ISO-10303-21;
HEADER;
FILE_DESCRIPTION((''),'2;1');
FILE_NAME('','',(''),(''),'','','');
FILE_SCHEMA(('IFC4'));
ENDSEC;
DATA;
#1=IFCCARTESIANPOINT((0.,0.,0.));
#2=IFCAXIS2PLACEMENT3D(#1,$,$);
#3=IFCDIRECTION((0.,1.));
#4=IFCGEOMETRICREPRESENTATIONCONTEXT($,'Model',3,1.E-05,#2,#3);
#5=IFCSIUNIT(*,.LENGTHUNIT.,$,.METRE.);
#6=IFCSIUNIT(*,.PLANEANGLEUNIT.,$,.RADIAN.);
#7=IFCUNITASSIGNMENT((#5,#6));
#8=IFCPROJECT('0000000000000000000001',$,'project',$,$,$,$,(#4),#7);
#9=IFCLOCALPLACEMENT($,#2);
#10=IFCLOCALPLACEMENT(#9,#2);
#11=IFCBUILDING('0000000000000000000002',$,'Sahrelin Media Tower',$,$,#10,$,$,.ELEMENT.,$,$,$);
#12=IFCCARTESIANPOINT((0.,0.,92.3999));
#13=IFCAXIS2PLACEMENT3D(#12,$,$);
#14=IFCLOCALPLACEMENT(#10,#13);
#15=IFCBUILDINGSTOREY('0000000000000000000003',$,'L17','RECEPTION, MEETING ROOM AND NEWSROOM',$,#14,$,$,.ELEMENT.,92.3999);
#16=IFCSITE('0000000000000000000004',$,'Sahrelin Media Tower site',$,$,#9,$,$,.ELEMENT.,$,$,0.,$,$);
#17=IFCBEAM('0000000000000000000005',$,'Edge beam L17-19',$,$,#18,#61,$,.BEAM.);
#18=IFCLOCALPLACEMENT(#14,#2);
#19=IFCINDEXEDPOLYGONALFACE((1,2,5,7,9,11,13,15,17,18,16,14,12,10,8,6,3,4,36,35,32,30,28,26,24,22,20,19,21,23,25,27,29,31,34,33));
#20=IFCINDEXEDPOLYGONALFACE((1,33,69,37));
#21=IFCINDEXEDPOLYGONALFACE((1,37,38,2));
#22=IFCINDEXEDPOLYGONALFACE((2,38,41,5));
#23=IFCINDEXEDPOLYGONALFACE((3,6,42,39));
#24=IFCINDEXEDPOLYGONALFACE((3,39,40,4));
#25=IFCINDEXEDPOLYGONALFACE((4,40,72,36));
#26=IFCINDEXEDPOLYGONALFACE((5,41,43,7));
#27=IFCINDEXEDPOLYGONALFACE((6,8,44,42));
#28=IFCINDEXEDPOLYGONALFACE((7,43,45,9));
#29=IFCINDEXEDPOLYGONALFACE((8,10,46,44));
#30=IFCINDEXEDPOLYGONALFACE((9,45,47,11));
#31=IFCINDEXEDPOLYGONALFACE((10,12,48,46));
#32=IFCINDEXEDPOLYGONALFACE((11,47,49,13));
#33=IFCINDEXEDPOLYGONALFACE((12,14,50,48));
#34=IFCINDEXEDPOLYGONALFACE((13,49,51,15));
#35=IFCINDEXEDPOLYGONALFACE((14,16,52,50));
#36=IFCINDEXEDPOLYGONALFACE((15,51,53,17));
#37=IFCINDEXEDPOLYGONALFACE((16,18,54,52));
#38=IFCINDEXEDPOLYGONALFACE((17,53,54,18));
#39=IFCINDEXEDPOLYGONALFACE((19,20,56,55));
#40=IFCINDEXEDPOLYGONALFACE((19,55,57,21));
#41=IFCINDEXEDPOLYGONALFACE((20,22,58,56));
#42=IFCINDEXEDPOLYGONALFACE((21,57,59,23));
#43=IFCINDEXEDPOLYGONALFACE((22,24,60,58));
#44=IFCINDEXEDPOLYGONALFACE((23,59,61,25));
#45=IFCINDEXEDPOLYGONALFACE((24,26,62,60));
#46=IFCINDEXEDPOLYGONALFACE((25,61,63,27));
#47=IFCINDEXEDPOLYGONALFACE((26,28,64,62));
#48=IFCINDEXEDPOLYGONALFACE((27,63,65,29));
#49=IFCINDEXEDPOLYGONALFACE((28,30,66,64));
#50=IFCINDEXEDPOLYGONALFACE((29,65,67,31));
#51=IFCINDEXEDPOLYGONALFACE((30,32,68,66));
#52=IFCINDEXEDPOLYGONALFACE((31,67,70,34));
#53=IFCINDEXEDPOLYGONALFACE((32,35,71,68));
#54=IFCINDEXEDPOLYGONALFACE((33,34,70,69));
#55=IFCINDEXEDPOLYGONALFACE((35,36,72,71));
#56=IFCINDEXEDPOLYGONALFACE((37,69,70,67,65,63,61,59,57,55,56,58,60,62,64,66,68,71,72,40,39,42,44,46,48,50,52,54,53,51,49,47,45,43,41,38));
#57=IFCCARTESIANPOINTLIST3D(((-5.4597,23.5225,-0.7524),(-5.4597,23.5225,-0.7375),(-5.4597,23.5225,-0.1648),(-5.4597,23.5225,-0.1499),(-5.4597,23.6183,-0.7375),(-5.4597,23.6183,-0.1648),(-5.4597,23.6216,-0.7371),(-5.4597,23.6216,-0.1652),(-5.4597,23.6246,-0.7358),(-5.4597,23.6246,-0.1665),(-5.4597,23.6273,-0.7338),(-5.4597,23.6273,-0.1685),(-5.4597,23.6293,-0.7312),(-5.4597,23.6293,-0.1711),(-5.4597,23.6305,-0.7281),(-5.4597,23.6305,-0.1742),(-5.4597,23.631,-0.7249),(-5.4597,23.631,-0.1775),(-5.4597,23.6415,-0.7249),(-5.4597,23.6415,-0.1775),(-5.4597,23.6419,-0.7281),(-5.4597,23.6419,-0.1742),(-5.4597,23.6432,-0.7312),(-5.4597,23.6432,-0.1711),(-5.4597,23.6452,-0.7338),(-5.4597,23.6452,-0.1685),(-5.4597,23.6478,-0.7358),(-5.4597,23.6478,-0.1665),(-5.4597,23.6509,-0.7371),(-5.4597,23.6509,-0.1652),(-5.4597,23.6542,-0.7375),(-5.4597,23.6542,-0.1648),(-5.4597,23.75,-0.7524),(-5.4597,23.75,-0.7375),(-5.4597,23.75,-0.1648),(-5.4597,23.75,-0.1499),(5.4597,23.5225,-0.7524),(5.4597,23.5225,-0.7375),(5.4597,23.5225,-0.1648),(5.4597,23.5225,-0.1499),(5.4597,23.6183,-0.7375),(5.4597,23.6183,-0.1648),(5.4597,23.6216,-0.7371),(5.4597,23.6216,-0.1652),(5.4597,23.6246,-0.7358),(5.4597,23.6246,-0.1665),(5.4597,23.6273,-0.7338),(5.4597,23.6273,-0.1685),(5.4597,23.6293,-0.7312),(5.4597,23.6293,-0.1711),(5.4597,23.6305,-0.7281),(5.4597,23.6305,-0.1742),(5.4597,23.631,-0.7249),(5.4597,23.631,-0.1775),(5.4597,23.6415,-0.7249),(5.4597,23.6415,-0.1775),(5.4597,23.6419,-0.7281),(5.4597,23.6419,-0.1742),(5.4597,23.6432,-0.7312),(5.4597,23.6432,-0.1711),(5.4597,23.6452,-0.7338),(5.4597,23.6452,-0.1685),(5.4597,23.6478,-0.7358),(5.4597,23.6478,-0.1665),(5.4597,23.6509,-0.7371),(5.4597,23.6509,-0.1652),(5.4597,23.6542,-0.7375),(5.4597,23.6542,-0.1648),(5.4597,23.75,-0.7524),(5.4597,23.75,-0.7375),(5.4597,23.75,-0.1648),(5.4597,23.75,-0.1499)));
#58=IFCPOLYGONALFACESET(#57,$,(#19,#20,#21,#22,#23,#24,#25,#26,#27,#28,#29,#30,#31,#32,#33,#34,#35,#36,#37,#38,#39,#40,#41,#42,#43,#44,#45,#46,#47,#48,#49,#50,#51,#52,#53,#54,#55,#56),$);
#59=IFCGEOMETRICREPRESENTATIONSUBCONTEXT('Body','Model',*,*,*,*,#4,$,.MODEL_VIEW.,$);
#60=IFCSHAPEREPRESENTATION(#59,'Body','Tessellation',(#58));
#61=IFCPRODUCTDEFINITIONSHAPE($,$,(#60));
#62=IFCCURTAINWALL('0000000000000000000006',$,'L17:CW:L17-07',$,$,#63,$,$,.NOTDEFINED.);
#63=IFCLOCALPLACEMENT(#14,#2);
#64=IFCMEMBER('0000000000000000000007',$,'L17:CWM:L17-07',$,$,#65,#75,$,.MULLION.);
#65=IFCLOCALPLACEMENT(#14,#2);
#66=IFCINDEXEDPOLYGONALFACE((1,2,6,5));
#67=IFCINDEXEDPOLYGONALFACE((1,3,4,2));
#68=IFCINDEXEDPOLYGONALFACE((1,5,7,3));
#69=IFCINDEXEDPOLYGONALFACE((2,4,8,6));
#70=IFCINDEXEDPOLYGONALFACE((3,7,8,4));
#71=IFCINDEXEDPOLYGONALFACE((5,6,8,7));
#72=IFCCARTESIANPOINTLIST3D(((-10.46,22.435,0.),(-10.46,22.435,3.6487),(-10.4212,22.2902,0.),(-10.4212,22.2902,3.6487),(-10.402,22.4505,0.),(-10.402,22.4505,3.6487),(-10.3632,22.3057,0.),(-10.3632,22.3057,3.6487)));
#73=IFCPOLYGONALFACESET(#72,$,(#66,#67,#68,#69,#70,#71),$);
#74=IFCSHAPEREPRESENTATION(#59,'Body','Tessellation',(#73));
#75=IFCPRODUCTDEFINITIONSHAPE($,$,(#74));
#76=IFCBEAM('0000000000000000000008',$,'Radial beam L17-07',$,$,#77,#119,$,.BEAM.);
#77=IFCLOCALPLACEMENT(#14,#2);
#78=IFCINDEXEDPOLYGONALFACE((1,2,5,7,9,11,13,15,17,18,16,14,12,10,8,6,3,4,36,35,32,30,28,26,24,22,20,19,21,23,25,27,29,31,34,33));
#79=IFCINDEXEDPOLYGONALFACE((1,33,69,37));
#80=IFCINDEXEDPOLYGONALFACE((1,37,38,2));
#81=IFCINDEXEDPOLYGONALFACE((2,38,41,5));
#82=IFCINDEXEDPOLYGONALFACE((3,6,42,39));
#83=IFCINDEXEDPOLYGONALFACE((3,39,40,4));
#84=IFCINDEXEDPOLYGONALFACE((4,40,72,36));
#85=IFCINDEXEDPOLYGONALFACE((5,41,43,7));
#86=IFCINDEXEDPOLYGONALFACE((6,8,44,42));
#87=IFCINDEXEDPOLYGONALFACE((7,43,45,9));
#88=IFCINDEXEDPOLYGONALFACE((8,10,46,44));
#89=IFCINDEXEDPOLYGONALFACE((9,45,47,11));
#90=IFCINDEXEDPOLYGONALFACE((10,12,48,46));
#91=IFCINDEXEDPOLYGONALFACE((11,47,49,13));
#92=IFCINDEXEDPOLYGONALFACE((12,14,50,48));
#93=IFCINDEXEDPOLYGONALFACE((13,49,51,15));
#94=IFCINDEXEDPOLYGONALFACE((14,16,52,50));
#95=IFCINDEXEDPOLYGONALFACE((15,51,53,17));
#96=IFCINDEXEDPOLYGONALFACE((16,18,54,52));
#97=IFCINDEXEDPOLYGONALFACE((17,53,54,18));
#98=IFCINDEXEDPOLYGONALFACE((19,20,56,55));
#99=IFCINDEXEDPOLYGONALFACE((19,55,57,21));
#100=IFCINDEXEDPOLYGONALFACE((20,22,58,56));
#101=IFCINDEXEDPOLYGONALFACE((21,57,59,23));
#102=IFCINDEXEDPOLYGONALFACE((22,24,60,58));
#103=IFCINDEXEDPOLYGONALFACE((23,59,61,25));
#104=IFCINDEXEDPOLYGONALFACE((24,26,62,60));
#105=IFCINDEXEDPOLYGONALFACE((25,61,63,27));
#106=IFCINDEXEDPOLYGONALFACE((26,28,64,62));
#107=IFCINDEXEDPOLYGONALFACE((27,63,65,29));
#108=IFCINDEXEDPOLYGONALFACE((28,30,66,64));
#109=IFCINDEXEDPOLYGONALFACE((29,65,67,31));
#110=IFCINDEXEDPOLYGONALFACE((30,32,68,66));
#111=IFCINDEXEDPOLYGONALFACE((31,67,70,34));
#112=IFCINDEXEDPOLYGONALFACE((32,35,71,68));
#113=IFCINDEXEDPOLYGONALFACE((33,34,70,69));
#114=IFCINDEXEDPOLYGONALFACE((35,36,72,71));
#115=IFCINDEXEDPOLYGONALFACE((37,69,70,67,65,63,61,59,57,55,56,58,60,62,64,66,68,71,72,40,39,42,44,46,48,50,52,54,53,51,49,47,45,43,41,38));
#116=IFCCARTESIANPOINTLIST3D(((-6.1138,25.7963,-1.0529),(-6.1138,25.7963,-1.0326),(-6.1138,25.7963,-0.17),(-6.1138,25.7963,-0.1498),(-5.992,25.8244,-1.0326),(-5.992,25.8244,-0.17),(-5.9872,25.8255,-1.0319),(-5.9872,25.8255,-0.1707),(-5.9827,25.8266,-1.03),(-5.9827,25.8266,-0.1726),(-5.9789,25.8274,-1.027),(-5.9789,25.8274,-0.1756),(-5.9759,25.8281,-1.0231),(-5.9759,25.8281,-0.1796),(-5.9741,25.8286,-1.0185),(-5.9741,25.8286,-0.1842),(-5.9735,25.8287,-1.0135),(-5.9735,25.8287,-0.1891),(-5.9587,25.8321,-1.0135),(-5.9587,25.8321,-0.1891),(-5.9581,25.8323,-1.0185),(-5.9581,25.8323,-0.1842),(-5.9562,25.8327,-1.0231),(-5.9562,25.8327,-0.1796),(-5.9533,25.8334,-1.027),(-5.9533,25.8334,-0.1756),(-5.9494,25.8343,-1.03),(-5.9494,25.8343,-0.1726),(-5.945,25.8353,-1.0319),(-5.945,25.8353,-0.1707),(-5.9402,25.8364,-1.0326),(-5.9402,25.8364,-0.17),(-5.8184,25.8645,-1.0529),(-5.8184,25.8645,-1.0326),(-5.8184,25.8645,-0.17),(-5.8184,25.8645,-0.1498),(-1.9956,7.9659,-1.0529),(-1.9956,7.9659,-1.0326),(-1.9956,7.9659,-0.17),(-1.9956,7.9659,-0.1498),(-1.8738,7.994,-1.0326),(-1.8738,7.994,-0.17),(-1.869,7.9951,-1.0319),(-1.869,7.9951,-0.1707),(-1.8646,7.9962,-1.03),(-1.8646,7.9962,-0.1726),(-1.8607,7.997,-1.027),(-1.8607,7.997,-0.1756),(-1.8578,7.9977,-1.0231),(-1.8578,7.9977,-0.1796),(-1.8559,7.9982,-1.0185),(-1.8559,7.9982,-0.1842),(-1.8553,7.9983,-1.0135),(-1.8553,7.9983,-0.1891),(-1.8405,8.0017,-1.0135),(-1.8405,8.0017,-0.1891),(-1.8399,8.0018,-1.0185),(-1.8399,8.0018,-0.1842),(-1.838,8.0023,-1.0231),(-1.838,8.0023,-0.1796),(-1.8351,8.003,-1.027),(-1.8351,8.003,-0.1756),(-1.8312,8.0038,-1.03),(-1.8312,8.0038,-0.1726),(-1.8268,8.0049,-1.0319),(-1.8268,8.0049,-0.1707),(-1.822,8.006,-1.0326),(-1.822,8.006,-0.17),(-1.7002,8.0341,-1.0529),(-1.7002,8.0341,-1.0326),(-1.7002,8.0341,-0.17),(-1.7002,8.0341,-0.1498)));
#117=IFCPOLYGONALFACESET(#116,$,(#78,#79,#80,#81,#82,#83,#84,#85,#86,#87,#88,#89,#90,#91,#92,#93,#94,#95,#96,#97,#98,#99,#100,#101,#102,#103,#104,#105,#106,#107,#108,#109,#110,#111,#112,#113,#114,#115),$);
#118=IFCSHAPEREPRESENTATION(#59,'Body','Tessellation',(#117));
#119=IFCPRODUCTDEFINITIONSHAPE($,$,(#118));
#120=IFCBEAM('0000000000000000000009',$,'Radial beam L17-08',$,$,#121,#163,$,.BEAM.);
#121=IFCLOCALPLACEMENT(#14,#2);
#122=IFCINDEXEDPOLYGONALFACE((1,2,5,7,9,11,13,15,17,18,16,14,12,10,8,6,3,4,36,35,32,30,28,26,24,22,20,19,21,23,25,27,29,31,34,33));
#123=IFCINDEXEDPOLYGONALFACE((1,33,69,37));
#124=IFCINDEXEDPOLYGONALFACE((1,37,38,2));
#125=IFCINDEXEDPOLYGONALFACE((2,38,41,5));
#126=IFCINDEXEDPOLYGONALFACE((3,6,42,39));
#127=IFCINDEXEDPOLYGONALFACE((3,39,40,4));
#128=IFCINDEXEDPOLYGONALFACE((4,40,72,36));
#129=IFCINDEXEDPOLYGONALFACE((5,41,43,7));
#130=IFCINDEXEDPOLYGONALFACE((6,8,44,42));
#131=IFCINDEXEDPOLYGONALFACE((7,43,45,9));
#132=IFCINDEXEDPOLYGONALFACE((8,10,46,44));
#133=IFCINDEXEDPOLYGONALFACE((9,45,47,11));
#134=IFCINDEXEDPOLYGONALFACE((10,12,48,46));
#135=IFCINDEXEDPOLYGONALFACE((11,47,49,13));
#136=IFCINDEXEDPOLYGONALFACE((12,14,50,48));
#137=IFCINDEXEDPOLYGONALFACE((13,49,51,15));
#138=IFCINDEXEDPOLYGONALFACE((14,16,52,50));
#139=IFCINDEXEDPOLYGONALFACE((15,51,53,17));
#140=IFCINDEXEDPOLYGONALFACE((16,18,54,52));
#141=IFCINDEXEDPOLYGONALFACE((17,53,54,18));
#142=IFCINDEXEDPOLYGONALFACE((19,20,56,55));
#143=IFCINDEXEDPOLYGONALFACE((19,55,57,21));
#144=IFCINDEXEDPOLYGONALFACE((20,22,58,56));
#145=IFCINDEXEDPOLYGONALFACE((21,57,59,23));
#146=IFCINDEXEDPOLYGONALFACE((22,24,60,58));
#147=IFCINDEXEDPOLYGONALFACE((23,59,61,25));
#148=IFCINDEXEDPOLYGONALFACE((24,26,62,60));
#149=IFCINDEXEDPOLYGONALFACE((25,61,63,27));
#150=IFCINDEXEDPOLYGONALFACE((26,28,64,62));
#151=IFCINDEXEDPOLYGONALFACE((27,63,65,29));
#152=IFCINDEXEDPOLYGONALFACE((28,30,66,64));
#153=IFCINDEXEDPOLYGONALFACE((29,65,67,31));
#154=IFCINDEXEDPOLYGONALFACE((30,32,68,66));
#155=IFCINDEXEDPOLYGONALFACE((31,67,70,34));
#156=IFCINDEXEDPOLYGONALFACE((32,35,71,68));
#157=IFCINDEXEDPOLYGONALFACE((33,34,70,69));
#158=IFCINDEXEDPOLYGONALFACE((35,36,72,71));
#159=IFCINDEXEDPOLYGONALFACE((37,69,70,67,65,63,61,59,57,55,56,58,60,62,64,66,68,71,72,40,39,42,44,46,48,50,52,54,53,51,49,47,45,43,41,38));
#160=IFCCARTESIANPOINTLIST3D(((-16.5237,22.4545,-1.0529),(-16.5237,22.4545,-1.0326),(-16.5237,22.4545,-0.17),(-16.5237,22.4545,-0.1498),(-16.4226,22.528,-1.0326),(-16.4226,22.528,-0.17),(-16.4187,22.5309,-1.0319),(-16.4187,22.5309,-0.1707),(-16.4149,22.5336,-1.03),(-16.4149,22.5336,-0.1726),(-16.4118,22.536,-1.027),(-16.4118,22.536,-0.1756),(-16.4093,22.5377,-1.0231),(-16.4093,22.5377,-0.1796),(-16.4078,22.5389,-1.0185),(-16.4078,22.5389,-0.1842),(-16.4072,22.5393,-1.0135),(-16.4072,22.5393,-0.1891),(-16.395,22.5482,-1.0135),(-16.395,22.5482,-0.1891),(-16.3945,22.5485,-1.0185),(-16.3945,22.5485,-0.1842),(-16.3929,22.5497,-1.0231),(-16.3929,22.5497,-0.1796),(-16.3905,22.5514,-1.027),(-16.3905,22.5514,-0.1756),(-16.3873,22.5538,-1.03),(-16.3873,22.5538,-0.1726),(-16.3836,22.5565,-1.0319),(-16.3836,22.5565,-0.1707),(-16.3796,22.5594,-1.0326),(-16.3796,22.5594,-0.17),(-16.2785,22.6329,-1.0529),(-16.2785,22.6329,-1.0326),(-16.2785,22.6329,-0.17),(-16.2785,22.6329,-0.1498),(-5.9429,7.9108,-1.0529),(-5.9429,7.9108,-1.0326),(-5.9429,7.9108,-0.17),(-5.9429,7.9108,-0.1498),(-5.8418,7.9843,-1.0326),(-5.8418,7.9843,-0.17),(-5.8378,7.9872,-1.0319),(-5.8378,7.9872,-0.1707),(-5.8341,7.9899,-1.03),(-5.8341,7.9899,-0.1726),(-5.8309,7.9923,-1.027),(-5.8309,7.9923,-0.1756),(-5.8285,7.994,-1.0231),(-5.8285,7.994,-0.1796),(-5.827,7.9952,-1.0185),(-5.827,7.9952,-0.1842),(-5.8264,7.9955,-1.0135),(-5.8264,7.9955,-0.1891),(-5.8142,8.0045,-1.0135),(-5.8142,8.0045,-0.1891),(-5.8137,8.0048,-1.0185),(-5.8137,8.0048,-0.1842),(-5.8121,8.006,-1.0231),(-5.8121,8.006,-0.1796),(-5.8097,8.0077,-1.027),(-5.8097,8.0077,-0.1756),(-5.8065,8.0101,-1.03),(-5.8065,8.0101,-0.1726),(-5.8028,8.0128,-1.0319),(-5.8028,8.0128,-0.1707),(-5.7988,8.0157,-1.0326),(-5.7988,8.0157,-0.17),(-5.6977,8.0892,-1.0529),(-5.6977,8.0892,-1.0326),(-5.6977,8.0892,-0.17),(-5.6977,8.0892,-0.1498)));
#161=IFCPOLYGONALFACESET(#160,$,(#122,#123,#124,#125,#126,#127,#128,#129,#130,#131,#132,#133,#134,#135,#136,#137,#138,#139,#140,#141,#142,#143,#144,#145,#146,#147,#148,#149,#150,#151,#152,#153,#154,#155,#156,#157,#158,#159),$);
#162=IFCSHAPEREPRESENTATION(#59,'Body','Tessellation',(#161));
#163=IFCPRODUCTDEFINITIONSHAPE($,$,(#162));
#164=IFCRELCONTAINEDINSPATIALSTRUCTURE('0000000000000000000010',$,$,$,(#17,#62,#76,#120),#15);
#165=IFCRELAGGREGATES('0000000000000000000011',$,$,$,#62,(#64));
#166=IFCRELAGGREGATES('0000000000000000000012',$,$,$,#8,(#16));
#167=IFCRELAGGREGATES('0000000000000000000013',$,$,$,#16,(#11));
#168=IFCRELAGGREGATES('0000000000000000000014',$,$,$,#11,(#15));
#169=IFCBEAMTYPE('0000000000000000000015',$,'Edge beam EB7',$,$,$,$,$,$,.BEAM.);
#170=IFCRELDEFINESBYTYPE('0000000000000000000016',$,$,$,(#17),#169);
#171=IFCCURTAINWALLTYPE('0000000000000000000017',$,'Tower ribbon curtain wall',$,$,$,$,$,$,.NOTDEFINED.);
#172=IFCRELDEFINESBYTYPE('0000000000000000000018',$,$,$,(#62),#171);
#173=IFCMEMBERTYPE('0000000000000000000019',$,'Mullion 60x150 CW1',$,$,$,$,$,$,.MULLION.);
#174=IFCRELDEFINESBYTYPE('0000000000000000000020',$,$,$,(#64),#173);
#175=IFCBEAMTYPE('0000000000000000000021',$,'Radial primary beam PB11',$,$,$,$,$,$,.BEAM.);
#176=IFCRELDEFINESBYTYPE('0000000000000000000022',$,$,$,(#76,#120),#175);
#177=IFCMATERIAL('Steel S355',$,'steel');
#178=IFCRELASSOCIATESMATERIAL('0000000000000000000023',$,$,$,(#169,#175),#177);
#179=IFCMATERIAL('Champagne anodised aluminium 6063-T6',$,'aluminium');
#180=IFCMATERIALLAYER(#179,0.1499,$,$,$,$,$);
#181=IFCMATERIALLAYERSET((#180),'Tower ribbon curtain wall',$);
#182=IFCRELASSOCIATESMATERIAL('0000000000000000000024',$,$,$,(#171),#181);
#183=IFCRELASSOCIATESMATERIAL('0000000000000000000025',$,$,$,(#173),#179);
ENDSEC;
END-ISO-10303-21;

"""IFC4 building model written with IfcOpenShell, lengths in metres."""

from ifc_helpers import new_model, si_unit, direction, frame, origin, origin_2d, place, context, subcontext, project, spatial, rectangle, i_section, extrude, material, layer, layer_set, material_profile, profile_set, type_object, element, aggregate, save


model = new_model("IFC4")

# Units and contexts
model_context = context("Model", 3, precision=1e-05, world=origin(), true_north=direction((0.0, 1.0)))
body_context = subcontext(model_context, "Body", "Model", "MODEL_VIEW")
ifc_project = project(units=[si_unit("LENGTHUNIT", "METRE"), si_unit("PLANEANGLEUNIT", "RADIAN")], contexts=[model_context])

# Site, building, storey
site_placement = place(None, origin())
site = spatial("IfcSite", under=ifc_project, at=site_placement, Name="Sahrelin Media Tower site", CompositionType="ELEMENT", RefElevation=0.0)
building_placement = place(site_placement, origin())
building = spatial("IfcBuilding", under=site, at=building_placement, Name="Sahrelin Media Tower", CompositionType="ELEMENT")
storey_placement = place(building_placement, frame((0.0, 0.0, 92.3999)))
storey = spatial("IfcBuildingStorey", under=building, at=storey_placement, Name="L17", Description="RECEPTION, MEETING ROOM AND NEWSROOM", CompositionType="ELEMENT", Elevation=92.3999)

# Beam
ifc_material_1 = material(Name="Steel S355", Category="steel")
ifc_material_profile_1 = material_profile(ifc_material_1, i_section(OverallWidth=0.2275, OverallDepth=0.6025, WebThickness=0.0105, FlangeThickness=0.0149, FilletRadius=0.0127, at=origin_2d()), Name="UB 610x229x101")
ifc_profile_set_1 = profile_set([ifc_material_profile_1], Name="Steel S355")
beam_type_1 = type_object("IfcBeamType", Name="Edge beam EB7", PredefinedType="BEAM", material=ifc_profile_set_1)
beam_1_placement = place(storey_placement, frame((-5.4597, 23.6362, -0.4512), z_axis=(1.0, 0.0, 0.0), x_axis=(0.0, 1.0, 0.0)))
element("IfcBeam", 1, at=beam_1_placement, inside=storey, type_object=beam_type_1, Name="Edge beam L17-19", PredefinedType="BEAM", context=body_context, shape_type="SweptSolid", body=[
    extrude(i_section(OverallWidth=0.2275, OverallDepth=0.6025, WebThickness=0.0105, FlangeThickness=0.0149, FilletRadius=0.0127, at=origin_2d()), origin(), (0.0, 0.0, 1.0), 10.9194),
])

# Curtain wall, member
ifc_material_2 = material(Name="Champagne anodised aluminium 6063-T6", Category="aluminium")
ifc_layer_1 = layer(ifc_material_2, 0.1499)
ifc_layer_set_1 = layer_set([ifc_layer_1], Name="Tower ribbon curtain wall")
curtain_wall_type = type_object("IfcCurtainWallType", Name="Tower ribbon curtain wall", PredefinedType="NOTDEFINED", material=ifc_layer_set_1)
curtain_wall_placement = place(storey_placement, frame((-10.4363, 22.4622, 0.0), z_axis=(0.0, 0.0, 1.0), x_axis=(1.0, 0.0, 0.0)))
curtain_wall = element("IfcCurtainWall", 2, at=curtain_wall_placement, inside=storey, type_object=curtain_wall_type, Name="L17:CW:L17-07", PredefinedType="NOTDEFINED")
ifc_material_profile_2 = material_profile(ifc_material_2, rectangle(XDim=0.0601, YDim=0.1499, at=origin_2d()), Name="Mullion 60x150")
ifc_profile_set_2 = profile_set([ifc_material_profile_2], Name="Champagne anodised aluminium 6063-T6")
member_type_1 = type_object("IfcMemberType", Name="Mullion 60x150 CW1", PredefinedType="MULLION", material=ifc_profile_set_2)
member_1_placement = place(storey_placement, frame((-10.4116, 22.3704, 0.0), z_axis=(0.0, 0.0, 1.0), x_axis=(-0.965926, -0.258817, 0.0)))
member_1 = element("IfcMember", 3, at=member_1_placement, type_object=member_type_1, Name="L17:CWM:L17-07", PredefinedType="MULLION", context=body_context, shape_type="SweptSolid", body=[
    extrude(rectangle(XDim=0.0601, YDim=0.1499, at=origin_2d()), origin(), (0.0, 0.0, 1.0), 3.6487),
])

# Beams
ifc_material_profile_3 = material_profile(ifc_material_1, i_section(OverallWidth=0.3032, OverallDepth=0.9031, WebThickness=0.0151, FlangeThickness=0.0203, FilletRadius=0.019, at=origin_2d()), Name="UB 914x305x201")
ifc_profile_set_3 = profile_set([ifc_material_profile_3], Name="Steel S355")
beam_type_2 = type_object("IfcBeamType", Name="Radial primary beam PB11", PredefinedType="BEAM", material=ifc_profile_set_3)
beam_2_placement = place(storey_placement, frame((-1.8479, 8.0, -0.6013), z_axis=(-0.22504, 0.97435, 0.0), x_axis=(-0.97435, -0.22504, 0.0)))
element("IfcBeam", 4, at=beam_2_placement, inside=storey, type_object=beam_type_2, Name="Radial beam L17-07", PredefinedType="BEAM", context=body_context, shape_type="SweptSolid", body=[
    extrude(i_section(OverallWidth=0.3032, OverallDepth=0.9031, WebThickness=0.0151, FlangeThickness=0.0203, FilletRadius=0.019, at=origin_2d()), origin(), (0.0, 0.0, 1.0), 18.2998),
])
beam_3_placement = place(storey_placement, frame((-5.8203, 8.0, -0.6013), z_axis=(-0.588302, 0.808642, 0.0), x_axis=(-0.808642, -0.588302, 0.0)))
element("IfcBeam", 5, at=beam_3_placement, inside=storey, type_object=beam_type_2, Name="Radial beam L17-08", PredefinedType="BEAM", context=body_context, shape_type="SweptSolid", body=[
    extrude(i_section(OverallWidth=0.3032, OverallDepth=0.9031, WebThickness=0.0151, FlangeThickness=0.0203, FilletRadius=0.019, at=origin_2d()), origin(), (0.0, 0.0, 1.0), 17.9854),
])

aggregate(curtain_wall, [member_1])

save(model, "model.ifc")
